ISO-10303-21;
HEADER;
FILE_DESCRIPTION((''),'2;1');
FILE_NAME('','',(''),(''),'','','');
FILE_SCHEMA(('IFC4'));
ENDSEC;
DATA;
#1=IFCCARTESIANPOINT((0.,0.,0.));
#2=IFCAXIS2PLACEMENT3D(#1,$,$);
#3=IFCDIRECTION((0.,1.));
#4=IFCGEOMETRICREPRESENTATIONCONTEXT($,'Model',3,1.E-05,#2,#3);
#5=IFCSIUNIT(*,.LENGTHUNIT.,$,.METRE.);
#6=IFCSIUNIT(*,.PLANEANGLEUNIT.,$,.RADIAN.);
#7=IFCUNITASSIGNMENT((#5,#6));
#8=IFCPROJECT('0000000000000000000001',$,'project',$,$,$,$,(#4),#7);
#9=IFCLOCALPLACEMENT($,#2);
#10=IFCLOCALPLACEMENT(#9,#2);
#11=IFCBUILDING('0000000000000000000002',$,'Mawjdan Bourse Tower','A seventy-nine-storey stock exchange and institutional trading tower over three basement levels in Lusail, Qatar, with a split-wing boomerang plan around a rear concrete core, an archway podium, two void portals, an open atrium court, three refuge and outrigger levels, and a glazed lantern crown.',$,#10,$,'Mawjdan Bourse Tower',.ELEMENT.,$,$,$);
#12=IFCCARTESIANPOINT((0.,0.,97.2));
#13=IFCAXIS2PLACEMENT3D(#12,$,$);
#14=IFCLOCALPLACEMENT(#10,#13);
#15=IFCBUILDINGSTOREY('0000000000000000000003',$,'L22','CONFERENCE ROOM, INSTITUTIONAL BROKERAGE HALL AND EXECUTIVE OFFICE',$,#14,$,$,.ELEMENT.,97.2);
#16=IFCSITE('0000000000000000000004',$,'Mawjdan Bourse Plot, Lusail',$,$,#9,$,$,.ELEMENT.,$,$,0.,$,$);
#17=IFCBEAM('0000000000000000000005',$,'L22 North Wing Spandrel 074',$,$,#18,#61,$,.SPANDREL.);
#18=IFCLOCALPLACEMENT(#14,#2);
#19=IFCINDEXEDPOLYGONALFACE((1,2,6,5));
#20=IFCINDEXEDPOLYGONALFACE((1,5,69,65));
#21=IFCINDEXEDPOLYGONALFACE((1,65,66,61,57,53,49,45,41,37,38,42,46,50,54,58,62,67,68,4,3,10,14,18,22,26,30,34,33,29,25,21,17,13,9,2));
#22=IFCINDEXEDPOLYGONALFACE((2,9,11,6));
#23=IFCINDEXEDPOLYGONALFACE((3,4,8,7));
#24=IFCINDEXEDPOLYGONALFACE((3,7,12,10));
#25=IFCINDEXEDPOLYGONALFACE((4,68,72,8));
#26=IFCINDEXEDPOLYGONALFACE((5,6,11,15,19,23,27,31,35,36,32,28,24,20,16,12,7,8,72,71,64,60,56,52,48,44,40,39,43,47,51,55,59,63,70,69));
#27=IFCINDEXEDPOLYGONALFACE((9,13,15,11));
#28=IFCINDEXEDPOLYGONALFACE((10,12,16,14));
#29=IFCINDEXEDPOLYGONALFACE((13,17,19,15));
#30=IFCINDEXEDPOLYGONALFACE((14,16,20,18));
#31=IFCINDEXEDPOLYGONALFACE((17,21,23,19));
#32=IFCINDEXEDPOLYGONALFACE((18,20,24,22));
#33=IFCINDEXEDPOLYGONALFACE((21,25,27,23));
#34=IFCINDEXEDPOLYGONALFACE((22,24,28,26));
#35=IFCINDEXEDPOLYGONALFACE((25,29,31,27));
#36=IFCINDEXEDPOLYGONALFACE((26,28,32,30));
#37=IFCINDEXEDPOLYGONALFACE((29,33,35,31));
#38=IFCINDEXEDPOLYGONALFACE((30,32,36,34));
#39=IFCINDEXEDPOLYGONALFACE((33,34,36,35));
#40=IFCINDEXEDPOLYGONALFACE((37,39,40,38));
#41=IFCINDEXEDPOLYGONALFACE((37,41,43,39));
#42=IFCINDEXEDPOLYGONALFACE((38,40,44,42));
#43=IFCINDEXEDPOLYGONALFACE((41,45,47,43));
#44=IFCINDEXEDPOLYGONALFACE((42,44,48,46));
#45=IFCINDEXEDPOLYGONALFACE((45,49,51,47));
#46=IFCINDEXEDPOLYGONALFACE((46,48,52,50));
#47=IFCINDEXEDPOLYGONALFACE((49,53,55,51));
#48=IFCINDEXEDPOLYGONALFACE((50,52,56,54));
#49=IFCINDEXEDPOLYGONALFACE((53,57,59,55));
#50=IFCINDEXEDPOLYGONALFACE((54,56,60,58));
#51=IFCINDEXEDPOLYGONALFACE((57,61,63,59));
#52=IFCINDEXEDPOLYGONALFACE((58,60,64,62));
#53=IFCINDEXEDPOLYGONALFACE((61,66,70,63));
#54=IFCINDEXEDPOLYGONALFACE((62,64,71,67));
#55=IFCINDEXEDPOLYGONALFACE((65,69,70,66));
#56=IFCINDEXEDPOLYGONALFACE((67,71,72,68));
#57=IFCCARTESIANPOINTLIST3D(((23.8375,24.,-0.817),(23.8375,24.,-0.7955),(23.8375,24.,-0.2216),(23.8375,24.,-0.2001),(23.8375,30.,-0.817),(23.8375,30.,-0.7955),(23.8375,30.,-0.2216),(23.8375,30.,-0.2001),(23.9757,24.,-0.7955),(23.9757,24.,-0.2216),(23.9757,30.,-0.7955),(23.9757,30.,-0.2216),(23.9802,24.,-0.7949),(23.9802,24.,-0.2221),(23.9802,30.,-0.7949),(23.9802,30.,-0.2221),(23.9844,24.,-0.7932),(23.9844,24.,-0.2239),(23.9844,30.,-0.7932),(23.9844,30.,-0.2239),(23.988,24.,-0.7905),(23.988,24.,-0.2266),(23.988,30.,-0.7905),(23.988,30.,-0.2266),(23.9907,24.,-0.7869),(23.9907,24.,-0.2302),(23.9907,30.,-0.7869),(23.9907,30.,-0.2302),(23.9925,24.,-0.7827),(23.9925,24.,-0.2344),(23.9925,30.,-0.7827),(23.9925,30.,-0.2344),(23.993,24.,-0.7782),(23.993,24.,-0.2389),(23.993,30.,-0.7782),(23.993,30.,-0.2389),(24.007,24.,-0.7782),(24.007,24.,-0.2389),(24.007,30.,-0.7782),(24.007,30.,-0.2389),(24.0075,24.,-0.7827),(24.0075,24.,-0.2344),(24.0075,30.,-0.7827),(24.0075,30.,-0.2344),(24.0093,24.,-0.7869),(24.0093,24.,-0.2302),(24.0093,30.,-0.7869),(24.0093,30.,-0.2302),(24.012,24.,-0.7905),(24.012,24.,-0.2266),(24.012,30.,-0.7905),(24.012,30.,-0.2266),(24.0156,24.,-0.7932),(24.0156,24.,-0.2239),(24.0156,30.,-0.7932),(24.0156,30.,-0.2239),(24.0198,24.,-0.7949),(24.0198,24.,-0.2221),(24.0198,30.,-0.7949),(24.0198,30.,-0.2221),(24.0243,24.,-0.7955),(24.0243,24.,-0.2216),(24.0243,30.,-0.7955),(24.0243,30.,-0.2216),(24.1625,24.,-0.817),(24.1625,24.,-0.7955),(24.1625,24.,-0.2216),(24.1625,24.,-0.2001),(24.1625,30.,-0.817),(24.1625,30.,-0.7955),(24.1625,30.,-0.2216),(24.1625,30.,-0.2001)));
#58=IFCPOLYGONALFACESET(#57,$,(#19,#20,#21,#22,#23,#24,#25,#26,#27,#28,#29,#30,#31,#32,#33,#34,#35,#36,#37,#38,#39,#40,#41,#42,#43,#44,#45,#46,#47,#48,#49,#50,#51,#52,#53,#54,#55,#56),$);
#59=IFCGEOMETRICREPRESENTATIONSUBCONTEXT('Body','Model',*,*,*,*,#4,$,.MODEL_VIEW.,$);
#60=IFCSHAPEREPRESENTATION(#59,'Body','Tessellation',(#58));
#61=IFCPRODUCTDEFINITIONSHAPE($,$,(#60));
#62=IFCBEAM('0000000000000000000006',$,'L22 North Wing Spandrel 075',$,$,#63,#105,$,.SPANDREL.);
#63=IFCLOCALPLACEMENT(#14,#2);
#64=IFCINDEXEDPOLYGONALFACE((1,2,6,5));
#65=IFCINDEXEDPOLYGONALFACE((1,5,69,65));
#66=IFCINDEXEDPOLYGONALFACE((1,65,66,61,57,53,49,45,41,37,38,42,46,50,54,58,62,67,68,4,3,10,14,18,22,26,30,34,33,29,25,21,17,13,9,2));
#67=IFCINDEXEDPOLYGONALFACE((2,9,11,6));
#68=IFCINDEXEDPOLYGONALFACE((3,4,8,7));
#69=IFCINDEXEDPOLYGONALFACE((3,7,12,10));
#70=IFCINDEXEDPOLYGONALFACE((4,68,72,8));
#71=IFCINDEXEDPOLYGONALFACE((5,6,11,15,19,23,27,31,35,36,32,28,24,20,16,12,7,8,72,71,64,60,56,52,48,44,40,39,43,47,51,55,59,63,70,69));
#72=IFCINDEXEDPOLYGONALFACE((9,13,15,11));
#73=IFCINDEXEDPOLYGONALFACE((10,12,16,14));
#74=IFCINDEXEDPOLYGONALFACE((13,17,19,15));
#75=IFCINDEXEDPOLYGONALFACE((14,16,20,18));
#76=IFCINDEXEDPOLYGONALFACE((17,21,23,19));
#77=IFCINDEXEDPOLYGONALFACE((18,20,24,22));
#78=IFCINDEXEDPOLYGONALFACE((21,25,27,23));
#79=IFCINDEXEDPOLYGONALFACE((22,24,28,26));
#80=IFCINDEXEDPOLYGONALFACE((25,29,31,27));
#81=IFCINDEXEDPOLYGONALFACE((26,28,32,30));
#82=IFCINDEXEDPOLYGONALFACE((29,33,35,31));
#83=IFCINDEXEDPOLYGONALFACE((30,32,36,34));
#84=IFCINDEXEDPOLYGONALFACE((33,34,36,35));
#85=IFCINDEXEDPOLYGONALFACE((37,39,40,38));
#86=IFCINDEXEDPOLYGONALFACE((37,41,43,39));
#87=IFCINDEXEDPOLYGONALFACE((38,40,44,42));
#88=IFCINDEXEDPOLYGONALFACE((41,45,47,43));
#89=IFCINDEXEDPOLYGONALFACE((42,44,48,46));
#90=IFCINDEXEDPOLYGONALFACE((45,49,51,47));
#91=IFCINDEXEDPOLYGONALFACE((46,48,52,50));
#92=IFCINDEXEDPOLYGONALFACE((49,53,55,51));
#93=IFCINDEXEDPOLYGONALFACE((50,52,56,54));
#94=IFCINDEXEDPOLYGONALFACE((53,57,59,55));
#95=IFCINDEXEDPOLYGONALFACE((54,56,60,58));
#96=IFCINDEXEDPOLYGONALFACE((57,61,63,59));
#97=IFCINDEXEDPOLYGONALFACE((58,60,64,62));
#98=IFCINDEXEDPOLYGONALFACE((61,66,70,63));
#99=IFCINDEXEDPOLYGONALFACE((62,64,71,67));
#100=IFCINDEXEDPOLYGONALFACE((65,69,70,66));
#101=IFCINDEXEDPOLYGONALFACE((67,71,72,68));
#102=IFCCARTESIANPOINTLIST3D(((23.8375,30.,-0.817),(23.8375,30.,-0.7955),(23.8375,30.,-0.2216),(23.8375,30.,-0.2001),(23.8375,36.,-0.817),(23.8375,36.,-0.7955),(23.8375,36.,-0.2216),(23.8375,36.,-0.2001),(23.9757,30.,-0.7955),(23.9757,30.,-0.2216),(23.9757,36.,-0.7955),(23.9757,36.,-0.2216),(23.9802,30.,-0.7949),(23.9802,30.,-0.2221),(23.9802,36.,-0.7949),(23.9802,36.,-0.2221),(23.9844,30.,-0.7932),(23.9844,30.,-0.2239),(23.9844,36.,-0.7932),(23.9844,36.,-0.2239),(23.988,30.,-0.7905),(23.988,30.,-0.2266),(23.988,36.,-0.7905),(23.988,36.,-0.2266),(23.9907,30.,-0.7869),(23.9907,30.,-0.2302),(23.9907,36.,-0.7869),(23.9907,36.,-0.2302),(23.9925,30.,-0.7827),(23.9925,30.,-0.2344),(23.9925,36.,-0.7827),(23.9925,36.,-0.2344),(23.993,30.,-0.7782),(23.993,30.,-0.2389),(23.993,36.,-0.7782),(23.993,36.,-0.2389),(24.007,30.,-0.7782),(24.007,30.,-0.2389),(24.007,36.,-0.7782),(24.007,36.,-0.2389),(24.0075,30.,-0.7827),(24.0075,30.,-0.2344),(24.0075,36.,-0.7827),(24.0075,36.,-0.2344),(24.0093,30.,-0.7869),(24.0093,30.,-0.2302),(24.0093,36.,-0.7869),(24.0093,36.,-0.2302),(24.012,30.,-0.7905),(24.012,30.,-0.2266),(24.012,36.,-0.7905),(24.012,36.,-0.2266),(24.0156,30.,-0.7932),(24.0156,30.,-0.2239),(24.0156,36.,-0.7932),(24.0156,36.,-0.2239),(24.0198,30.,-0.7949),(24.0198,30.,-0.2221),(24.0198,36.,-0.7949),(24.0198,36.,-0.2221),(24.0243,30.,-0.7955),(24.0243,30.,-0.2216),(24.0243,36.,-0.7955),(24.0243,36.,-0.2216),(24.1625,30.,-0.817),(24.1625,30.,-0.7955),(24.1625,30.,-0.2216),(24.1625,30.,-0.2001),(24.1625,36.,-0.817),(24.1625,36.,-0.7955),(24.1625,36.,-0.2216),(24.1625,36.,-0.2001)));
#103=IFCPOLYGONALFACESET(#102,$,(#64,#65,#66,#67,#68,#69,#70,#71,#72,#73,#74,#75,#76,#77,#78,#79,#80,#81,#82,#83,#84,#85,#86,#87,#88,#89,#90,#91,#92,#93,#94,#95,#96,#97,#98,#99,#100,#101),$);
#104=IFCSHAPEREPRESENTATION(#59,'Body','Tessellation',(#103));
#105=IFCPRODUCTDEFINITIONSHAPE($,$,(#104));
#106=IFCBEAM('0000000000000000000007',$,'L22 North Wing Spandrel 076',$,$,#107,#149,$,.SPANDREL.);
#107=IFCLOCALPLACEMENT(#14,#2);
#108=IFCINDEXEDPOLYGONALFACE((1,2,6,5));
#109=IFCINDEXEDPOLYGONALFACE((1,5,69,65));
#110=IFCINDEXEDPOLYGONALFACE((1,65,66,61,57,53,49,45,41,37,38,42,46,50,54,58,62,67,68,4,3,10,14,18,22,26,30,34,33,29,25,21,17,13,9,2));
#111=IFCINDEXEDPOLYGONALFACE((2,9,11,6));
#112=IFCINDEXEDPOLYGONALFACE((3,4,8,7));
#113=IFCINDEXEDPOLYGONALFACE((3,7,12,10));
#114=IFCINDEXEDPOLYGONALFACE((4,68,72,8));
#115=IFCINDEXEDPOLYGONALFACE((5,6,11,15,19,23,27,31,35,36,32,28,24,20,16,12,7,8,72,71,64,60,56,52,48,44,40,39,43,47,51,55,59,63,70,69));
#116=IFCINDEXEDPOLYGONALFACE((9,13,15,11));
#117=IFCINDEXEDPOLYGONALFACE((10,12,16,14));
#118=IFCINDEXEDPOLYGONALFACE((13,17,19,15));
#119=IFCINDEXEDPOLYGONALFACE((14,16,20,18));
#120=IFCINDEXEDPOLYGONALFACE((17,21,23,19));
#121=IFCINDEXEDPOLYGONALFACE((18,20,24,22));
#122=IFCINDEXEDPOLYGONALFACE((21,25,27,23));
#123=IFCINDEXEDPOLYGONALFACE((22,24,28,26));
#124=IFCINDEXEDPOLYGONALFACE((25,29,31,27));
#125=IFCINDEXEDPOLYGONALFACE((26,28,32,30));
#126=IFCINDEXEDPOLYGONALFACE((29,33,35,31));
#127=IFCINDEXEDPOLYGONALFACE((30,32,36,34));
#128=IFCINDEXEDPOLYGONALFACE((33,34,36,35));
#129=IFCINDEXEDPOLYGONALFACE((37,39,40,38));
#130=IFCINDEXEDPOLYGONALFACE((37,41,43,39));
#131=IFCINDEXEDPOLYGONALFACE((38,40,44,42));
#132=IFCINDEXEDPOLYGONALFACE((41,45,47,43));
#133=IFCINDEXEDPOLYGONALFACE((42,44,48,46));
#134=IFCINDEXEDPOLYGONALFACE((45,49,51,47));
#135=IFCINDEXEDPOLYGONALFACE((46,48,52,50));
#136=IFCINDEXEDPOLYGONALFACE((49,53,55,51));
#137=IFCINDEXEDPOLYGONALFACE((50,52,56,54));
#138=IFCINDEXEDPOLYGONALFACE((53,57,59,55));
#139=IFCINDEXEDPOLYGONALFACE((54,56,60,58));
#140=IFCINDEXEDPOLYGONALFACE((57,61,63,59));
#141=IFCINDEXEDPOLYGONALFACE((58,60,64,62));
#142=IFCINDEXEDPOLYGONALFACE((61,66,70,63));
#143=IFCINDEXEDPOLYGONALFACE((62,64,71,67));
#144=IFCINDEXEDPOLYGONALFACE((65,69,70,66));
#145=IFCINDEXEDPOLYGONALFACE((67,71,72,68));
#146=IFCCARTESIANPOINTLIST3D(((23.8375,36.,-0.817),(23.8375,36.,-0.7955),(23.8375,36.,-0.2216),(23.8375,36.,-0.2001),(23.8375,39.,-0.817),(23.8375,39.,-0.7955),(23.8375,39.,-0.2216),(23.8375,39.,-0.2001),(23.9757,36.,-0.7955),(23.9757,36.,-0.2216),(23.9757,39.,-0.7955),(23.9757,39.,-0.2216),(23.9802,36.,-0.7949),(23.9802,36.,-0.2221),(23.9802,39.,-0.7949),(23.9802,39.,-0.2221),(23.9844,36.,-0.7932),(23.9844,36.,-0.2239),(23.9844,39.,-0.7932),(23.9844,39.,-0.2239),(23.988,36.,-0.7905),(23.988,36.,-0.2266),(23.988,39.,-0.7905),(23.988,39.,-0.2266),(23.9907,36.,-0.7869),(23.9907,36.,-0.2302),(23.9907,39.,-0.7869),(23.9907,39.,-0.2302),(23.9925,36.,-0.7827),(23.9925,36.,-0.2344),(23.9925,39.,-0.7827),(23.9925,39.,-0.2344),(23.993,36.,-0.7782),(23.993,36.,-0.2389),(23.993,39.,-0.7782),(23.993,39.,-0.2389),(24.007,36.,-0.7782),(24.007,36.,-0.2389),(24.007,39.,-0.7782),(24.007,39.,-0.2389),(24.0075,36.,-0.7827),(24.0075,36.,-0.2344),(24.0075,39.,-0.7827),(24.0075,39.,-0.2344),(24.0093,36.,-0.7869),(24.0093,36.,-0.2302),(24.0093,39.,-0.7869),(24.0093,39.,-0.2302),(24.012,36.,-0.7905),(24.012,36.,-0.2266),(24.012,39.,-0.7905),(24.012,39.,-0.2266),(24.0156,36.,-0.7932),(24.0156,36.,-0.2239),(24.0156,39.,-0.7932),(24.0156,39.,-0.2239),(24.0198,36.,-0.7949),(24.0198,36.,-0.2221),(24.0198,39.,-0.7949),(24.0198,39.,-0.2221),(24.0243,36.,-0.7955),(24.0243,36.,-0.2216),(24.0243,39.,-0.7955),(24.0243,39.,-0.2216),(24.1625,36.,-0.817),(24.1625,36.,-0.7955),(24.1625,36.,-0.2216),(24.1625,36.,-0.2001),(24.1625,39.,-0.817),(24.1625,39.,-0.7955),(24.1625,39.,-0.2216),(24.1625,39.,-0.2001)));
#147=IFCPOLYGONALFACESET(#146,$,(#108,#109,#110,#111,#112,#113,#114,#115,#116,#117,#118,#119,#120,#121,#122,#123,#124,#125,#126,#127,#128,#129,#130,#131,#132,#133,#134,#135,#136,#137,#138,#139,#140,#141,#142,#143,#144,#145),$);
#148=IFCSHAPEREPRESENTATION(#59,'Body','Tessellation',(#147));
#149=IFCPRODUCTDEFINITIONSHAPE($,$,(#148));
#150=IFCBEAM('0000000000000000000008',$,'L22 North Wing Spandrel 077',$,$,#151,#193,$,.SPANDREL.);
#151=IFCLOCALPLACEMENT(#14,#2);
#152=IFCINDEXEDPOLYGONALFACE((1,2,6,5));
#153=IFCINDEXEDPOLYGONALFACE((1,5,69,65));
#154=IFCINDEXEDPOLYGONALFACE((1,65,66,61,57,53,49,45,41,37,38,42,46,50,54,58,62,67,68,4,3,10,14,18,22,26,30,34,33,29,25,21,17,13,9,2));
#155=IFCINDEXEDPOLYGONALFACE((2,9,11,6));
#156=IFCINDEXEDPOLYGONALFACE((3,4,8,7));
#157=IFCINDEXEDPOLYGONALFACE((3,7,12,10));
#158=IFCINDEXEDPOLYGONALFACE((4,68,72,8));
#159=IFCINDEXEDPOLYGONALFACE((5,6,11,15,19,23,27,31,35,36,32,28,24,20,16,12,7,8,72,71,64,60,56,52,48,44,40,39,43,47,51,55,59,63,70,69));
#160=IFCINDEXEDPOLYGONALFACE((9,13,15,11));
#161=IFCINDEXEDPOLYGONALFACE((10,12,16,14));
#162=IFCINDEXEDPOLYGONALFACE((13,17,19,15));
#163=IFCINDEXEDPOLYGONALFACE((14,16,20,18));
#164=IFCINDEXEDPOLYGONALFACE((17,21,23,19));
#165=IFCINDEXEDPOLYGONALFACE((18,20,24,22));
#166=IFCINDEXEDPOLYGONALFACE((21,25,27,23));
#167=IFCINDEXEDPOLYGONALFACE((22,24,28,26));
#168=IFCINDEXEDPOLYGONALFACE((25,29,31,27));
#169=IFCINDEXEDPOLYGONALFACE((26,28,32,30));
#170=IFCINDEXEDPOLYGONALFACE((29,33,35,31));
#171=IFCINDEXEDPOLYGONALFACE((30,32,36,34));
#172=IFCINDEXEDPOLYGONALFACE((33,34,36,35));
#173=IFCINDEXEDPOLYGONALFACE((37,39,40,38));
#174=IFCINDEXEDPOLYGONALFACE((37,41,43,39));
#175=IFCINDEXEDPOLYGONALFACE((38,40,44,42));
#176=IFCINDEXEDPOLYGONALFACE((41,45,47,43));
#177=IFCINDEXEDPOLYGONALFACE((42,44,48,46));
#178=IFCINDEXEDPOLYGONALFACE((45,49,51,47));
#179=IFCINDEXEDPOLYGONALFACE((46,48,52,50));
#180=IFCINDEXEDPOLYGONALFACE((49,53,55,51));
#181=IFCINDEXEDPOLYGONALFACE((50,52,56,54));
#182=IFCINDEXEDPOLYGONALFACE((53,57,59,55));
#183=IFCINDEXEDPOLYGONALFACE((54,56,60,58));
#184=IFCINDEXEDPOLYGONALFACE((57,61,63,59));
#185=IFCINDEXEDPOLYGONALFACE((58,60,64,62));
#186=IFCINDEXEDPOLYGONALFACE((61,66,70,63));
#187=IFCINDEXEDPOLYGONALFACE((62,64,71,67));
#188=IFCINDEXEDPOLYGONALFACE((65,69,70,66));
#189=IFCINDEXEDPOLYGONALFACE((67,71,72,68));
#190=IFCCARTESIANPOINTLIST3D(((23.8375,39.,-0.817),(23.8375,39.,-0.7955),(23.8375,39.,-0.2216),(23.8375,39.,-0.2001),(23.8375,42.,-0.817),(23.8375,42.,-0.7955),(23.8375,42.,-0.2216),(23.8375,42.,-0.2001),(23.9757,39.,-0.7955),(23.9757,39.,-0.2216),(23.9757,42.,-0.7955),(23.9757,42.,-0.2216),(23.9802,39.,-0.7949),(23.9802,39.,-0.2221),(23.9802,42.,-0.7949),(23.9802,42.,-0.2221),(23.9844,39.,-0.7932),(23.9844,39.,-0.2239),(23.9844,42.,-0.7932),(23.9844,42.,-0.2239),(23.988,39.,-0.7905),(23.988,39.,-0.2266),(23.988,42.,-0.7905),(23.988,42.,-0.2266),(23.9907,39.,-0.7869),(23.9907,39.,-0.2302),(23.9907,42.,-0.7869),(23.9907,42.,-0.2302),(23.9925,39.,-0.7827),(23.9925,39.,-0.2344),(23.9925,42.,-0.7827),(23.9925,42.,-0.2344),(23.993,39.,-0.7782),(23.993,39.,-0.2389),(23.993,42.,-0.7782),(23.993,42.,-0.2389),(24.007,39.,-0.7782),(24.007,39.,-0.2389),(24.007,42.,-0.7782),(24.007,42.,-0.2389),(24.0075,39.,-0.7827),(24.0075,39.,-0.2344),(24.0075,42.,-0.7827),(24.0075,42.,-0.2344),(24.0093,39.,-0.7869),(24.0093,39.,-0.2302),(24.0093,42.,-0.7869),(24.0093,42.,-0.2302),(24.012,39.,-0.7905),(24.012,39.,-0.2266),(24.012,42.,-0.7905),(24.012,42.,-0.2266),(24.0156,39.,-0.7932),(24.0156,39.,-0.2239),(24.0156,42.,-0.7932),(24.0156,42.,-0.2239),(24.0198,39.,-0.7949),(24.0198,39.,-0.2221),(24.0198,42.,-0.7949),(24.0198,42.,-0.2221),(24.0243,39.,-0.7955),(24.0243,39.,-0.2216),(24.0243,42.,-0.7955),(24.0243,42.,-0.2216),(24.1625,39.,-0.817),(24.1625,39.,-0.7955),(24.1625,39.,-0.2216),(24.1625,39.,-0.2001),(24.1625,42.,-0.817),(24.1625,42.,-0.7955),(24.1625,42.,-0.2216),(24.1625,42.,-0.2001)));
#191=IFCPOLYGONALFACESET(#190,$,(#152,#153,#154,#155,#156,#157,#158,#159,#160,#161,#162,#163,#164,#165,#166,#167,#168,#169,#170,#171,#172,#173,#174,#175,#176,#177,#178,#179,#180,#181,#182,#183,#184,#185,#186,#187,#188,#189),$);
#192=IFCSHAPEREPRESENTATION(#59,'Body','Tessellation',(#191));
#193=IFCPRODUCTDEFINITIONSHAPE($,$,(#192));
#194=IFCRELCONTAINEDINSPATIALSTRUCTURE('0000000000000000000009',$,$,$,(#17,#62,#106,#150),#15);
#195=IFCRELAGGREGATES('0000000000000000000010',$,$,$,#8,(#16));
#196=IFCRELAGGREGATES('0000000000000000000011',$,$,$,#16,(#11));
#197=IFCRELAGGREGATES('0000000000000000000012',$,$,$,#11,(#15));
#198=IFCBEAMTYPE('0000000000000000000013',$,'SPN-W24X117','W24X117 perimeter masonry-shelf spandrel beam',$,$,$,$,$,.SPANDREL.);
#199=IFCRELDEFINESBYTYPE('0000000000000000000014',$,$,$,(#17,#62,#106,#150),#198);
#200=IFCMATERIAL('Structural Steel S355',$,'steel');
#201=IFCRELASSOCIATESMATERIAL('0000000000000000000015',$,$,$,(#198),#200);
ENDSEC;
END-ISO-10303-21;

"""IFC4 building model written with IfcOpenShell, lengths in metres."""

from ifc_helpers import new_model, si_unit, direction, frame, origin, origin_2d, place, context, subcontext, project, spatial, i_section, extrude, material, material_profile, profile_set, type_object, element, save


model = new_model("IFC4")

# Units and contexts
model_context = context("Model", 3, precision=1e-05, world=origin(), true_north=direction((0.0, 1.0)))
body_context = subcontext(model_context, "Body", "Model", "MODEL_VIEW")
ifc_project = project(units=[si_unit("LENGTHUNIT", "METRE"), si_unit("PLANEANGLEUNIT", "RADIAN")], contexts=[model_context])

# Site, building, storey
site_placement = place(None, origin())
site = spatial("IfcSite", under=ifc_project, at=site_placement, Name="Mawjdan Bourse Plot, Lusail", CompositionType="ELEMENT", RefElevation=0.0)
building_placement = place(site_placement, origin())
building = spatial("IfcBuilding", under=site, at=building_placement, Name="Mawjdan Bourse Tower", Description="A seventy-nine-storey stock exchange and institutional trading tower over three basement levels in Lusail, Qatar, with a split-wing boomerang plan around a rear concrete core, an archway podium, two void portals, an open atrium court, three refuge and outrigger levels, and a glazed lantern crown.", LongName="Mawjdan Bourse Tower", CompositionType="ELEMENT")
storey_placement = place(building_placement, frame((0.0, 0.0, 97.2)))
storey = spatial("IfcBuildingStorey", under=building, at=storey_placement, Name="L22", Description="CONFERENCE ROOM, INSTITUTIONAL BROKERAGE HALL AND EXECUTIVE OFFICE", CompositionType="ELEMENT", Elevation=97.2)

# Beams
ifc_material_1 = material(Name="Structural Steel S355", Category="steel")
ifc_material_profile_1 = material_profile(ifc_material_1, i_section(OverallWidth=0.325, OverallDepth=0.6169, WebThickness=0.0139, FlangeThickness=0.0215, FilletRadius=0.0173, at=origin_2d()), Name="W24X117")
ifc_profile_set_1 = profile_set([ifc_material_profile_1], Name="Structural Steel S355")
beam_type_1 = type_object("IfcBeamType", Name="SPN-W24X117", Description="W24X117 perimeter masonry-shelf spandrel beam", PredefinedType="SPANDREL", material=ifc_profile_set_1)
for number, where, z_axis, x_axis, name in (
    (1, (24.0, 24.0, -0.5085), (0.0, 1.0, 0.0), (-1.0, 0.0, 0.0), "L22 North Wing Spandrel 074"),
    (2, (24.0, 30.0, -0.5085), (0.0, 1.0, 0.0), (-1.0, 0.0, 0.0), "L22 North Wing Spandrel 075"),
):
    element("IfcBeam", number, at=place(storey_placement, frame(where, z_axis=z_axis, x_axis=x_axis)), inside=storey, type_object=beam_type_1, Name=name, PredefinedType="SPANDREL", context=body_context, shape_type="SweptSolid", body=[
        extrude(i_section(OverallWidth=0.325, OverallDepth=0.6169, WebThickness=0.0139, FlangeThickness=0.0215, FilletRadius=0.0173, at=origin_2d()), origin(), (0.0, 0.0, 1.0), 6.0),
    ])
for number, where, z_axis, x_axis, name in (
    (3, (24.0, 36.0, -0.5085), (0.0, 1.0, 0.0), (-1.0, 0.0, 0.0), "L22 North Wing Spandrel 076"),
    (4, (24.0, 39.0, -0.5085), (0.0, 1.0, 0.0), (-1.0, 0.0, 0.0), "L22 North Wing Spandrel 077"),
):
    element("IfcBeam", number, at=place(storey_placement, frame(where, z_axis=z_axis, x_axis=x_axis)), inside=storey, type_object=beam_type_1, Name=name, PredefinedType="SPANDREL", context=body_context, shape_type="SweptSolid", body=[
        extrude(i_section(OverallWidth=0.325, OverallDepth=0.6169, WebThickness=0.0139, FlangeThickness=0.0215, FilletRadius=0.0173, at=origin_2d()), origin(), (0.0, 0.0, 1.0), 3.0),
    ])

save(model, "model.ifc")
